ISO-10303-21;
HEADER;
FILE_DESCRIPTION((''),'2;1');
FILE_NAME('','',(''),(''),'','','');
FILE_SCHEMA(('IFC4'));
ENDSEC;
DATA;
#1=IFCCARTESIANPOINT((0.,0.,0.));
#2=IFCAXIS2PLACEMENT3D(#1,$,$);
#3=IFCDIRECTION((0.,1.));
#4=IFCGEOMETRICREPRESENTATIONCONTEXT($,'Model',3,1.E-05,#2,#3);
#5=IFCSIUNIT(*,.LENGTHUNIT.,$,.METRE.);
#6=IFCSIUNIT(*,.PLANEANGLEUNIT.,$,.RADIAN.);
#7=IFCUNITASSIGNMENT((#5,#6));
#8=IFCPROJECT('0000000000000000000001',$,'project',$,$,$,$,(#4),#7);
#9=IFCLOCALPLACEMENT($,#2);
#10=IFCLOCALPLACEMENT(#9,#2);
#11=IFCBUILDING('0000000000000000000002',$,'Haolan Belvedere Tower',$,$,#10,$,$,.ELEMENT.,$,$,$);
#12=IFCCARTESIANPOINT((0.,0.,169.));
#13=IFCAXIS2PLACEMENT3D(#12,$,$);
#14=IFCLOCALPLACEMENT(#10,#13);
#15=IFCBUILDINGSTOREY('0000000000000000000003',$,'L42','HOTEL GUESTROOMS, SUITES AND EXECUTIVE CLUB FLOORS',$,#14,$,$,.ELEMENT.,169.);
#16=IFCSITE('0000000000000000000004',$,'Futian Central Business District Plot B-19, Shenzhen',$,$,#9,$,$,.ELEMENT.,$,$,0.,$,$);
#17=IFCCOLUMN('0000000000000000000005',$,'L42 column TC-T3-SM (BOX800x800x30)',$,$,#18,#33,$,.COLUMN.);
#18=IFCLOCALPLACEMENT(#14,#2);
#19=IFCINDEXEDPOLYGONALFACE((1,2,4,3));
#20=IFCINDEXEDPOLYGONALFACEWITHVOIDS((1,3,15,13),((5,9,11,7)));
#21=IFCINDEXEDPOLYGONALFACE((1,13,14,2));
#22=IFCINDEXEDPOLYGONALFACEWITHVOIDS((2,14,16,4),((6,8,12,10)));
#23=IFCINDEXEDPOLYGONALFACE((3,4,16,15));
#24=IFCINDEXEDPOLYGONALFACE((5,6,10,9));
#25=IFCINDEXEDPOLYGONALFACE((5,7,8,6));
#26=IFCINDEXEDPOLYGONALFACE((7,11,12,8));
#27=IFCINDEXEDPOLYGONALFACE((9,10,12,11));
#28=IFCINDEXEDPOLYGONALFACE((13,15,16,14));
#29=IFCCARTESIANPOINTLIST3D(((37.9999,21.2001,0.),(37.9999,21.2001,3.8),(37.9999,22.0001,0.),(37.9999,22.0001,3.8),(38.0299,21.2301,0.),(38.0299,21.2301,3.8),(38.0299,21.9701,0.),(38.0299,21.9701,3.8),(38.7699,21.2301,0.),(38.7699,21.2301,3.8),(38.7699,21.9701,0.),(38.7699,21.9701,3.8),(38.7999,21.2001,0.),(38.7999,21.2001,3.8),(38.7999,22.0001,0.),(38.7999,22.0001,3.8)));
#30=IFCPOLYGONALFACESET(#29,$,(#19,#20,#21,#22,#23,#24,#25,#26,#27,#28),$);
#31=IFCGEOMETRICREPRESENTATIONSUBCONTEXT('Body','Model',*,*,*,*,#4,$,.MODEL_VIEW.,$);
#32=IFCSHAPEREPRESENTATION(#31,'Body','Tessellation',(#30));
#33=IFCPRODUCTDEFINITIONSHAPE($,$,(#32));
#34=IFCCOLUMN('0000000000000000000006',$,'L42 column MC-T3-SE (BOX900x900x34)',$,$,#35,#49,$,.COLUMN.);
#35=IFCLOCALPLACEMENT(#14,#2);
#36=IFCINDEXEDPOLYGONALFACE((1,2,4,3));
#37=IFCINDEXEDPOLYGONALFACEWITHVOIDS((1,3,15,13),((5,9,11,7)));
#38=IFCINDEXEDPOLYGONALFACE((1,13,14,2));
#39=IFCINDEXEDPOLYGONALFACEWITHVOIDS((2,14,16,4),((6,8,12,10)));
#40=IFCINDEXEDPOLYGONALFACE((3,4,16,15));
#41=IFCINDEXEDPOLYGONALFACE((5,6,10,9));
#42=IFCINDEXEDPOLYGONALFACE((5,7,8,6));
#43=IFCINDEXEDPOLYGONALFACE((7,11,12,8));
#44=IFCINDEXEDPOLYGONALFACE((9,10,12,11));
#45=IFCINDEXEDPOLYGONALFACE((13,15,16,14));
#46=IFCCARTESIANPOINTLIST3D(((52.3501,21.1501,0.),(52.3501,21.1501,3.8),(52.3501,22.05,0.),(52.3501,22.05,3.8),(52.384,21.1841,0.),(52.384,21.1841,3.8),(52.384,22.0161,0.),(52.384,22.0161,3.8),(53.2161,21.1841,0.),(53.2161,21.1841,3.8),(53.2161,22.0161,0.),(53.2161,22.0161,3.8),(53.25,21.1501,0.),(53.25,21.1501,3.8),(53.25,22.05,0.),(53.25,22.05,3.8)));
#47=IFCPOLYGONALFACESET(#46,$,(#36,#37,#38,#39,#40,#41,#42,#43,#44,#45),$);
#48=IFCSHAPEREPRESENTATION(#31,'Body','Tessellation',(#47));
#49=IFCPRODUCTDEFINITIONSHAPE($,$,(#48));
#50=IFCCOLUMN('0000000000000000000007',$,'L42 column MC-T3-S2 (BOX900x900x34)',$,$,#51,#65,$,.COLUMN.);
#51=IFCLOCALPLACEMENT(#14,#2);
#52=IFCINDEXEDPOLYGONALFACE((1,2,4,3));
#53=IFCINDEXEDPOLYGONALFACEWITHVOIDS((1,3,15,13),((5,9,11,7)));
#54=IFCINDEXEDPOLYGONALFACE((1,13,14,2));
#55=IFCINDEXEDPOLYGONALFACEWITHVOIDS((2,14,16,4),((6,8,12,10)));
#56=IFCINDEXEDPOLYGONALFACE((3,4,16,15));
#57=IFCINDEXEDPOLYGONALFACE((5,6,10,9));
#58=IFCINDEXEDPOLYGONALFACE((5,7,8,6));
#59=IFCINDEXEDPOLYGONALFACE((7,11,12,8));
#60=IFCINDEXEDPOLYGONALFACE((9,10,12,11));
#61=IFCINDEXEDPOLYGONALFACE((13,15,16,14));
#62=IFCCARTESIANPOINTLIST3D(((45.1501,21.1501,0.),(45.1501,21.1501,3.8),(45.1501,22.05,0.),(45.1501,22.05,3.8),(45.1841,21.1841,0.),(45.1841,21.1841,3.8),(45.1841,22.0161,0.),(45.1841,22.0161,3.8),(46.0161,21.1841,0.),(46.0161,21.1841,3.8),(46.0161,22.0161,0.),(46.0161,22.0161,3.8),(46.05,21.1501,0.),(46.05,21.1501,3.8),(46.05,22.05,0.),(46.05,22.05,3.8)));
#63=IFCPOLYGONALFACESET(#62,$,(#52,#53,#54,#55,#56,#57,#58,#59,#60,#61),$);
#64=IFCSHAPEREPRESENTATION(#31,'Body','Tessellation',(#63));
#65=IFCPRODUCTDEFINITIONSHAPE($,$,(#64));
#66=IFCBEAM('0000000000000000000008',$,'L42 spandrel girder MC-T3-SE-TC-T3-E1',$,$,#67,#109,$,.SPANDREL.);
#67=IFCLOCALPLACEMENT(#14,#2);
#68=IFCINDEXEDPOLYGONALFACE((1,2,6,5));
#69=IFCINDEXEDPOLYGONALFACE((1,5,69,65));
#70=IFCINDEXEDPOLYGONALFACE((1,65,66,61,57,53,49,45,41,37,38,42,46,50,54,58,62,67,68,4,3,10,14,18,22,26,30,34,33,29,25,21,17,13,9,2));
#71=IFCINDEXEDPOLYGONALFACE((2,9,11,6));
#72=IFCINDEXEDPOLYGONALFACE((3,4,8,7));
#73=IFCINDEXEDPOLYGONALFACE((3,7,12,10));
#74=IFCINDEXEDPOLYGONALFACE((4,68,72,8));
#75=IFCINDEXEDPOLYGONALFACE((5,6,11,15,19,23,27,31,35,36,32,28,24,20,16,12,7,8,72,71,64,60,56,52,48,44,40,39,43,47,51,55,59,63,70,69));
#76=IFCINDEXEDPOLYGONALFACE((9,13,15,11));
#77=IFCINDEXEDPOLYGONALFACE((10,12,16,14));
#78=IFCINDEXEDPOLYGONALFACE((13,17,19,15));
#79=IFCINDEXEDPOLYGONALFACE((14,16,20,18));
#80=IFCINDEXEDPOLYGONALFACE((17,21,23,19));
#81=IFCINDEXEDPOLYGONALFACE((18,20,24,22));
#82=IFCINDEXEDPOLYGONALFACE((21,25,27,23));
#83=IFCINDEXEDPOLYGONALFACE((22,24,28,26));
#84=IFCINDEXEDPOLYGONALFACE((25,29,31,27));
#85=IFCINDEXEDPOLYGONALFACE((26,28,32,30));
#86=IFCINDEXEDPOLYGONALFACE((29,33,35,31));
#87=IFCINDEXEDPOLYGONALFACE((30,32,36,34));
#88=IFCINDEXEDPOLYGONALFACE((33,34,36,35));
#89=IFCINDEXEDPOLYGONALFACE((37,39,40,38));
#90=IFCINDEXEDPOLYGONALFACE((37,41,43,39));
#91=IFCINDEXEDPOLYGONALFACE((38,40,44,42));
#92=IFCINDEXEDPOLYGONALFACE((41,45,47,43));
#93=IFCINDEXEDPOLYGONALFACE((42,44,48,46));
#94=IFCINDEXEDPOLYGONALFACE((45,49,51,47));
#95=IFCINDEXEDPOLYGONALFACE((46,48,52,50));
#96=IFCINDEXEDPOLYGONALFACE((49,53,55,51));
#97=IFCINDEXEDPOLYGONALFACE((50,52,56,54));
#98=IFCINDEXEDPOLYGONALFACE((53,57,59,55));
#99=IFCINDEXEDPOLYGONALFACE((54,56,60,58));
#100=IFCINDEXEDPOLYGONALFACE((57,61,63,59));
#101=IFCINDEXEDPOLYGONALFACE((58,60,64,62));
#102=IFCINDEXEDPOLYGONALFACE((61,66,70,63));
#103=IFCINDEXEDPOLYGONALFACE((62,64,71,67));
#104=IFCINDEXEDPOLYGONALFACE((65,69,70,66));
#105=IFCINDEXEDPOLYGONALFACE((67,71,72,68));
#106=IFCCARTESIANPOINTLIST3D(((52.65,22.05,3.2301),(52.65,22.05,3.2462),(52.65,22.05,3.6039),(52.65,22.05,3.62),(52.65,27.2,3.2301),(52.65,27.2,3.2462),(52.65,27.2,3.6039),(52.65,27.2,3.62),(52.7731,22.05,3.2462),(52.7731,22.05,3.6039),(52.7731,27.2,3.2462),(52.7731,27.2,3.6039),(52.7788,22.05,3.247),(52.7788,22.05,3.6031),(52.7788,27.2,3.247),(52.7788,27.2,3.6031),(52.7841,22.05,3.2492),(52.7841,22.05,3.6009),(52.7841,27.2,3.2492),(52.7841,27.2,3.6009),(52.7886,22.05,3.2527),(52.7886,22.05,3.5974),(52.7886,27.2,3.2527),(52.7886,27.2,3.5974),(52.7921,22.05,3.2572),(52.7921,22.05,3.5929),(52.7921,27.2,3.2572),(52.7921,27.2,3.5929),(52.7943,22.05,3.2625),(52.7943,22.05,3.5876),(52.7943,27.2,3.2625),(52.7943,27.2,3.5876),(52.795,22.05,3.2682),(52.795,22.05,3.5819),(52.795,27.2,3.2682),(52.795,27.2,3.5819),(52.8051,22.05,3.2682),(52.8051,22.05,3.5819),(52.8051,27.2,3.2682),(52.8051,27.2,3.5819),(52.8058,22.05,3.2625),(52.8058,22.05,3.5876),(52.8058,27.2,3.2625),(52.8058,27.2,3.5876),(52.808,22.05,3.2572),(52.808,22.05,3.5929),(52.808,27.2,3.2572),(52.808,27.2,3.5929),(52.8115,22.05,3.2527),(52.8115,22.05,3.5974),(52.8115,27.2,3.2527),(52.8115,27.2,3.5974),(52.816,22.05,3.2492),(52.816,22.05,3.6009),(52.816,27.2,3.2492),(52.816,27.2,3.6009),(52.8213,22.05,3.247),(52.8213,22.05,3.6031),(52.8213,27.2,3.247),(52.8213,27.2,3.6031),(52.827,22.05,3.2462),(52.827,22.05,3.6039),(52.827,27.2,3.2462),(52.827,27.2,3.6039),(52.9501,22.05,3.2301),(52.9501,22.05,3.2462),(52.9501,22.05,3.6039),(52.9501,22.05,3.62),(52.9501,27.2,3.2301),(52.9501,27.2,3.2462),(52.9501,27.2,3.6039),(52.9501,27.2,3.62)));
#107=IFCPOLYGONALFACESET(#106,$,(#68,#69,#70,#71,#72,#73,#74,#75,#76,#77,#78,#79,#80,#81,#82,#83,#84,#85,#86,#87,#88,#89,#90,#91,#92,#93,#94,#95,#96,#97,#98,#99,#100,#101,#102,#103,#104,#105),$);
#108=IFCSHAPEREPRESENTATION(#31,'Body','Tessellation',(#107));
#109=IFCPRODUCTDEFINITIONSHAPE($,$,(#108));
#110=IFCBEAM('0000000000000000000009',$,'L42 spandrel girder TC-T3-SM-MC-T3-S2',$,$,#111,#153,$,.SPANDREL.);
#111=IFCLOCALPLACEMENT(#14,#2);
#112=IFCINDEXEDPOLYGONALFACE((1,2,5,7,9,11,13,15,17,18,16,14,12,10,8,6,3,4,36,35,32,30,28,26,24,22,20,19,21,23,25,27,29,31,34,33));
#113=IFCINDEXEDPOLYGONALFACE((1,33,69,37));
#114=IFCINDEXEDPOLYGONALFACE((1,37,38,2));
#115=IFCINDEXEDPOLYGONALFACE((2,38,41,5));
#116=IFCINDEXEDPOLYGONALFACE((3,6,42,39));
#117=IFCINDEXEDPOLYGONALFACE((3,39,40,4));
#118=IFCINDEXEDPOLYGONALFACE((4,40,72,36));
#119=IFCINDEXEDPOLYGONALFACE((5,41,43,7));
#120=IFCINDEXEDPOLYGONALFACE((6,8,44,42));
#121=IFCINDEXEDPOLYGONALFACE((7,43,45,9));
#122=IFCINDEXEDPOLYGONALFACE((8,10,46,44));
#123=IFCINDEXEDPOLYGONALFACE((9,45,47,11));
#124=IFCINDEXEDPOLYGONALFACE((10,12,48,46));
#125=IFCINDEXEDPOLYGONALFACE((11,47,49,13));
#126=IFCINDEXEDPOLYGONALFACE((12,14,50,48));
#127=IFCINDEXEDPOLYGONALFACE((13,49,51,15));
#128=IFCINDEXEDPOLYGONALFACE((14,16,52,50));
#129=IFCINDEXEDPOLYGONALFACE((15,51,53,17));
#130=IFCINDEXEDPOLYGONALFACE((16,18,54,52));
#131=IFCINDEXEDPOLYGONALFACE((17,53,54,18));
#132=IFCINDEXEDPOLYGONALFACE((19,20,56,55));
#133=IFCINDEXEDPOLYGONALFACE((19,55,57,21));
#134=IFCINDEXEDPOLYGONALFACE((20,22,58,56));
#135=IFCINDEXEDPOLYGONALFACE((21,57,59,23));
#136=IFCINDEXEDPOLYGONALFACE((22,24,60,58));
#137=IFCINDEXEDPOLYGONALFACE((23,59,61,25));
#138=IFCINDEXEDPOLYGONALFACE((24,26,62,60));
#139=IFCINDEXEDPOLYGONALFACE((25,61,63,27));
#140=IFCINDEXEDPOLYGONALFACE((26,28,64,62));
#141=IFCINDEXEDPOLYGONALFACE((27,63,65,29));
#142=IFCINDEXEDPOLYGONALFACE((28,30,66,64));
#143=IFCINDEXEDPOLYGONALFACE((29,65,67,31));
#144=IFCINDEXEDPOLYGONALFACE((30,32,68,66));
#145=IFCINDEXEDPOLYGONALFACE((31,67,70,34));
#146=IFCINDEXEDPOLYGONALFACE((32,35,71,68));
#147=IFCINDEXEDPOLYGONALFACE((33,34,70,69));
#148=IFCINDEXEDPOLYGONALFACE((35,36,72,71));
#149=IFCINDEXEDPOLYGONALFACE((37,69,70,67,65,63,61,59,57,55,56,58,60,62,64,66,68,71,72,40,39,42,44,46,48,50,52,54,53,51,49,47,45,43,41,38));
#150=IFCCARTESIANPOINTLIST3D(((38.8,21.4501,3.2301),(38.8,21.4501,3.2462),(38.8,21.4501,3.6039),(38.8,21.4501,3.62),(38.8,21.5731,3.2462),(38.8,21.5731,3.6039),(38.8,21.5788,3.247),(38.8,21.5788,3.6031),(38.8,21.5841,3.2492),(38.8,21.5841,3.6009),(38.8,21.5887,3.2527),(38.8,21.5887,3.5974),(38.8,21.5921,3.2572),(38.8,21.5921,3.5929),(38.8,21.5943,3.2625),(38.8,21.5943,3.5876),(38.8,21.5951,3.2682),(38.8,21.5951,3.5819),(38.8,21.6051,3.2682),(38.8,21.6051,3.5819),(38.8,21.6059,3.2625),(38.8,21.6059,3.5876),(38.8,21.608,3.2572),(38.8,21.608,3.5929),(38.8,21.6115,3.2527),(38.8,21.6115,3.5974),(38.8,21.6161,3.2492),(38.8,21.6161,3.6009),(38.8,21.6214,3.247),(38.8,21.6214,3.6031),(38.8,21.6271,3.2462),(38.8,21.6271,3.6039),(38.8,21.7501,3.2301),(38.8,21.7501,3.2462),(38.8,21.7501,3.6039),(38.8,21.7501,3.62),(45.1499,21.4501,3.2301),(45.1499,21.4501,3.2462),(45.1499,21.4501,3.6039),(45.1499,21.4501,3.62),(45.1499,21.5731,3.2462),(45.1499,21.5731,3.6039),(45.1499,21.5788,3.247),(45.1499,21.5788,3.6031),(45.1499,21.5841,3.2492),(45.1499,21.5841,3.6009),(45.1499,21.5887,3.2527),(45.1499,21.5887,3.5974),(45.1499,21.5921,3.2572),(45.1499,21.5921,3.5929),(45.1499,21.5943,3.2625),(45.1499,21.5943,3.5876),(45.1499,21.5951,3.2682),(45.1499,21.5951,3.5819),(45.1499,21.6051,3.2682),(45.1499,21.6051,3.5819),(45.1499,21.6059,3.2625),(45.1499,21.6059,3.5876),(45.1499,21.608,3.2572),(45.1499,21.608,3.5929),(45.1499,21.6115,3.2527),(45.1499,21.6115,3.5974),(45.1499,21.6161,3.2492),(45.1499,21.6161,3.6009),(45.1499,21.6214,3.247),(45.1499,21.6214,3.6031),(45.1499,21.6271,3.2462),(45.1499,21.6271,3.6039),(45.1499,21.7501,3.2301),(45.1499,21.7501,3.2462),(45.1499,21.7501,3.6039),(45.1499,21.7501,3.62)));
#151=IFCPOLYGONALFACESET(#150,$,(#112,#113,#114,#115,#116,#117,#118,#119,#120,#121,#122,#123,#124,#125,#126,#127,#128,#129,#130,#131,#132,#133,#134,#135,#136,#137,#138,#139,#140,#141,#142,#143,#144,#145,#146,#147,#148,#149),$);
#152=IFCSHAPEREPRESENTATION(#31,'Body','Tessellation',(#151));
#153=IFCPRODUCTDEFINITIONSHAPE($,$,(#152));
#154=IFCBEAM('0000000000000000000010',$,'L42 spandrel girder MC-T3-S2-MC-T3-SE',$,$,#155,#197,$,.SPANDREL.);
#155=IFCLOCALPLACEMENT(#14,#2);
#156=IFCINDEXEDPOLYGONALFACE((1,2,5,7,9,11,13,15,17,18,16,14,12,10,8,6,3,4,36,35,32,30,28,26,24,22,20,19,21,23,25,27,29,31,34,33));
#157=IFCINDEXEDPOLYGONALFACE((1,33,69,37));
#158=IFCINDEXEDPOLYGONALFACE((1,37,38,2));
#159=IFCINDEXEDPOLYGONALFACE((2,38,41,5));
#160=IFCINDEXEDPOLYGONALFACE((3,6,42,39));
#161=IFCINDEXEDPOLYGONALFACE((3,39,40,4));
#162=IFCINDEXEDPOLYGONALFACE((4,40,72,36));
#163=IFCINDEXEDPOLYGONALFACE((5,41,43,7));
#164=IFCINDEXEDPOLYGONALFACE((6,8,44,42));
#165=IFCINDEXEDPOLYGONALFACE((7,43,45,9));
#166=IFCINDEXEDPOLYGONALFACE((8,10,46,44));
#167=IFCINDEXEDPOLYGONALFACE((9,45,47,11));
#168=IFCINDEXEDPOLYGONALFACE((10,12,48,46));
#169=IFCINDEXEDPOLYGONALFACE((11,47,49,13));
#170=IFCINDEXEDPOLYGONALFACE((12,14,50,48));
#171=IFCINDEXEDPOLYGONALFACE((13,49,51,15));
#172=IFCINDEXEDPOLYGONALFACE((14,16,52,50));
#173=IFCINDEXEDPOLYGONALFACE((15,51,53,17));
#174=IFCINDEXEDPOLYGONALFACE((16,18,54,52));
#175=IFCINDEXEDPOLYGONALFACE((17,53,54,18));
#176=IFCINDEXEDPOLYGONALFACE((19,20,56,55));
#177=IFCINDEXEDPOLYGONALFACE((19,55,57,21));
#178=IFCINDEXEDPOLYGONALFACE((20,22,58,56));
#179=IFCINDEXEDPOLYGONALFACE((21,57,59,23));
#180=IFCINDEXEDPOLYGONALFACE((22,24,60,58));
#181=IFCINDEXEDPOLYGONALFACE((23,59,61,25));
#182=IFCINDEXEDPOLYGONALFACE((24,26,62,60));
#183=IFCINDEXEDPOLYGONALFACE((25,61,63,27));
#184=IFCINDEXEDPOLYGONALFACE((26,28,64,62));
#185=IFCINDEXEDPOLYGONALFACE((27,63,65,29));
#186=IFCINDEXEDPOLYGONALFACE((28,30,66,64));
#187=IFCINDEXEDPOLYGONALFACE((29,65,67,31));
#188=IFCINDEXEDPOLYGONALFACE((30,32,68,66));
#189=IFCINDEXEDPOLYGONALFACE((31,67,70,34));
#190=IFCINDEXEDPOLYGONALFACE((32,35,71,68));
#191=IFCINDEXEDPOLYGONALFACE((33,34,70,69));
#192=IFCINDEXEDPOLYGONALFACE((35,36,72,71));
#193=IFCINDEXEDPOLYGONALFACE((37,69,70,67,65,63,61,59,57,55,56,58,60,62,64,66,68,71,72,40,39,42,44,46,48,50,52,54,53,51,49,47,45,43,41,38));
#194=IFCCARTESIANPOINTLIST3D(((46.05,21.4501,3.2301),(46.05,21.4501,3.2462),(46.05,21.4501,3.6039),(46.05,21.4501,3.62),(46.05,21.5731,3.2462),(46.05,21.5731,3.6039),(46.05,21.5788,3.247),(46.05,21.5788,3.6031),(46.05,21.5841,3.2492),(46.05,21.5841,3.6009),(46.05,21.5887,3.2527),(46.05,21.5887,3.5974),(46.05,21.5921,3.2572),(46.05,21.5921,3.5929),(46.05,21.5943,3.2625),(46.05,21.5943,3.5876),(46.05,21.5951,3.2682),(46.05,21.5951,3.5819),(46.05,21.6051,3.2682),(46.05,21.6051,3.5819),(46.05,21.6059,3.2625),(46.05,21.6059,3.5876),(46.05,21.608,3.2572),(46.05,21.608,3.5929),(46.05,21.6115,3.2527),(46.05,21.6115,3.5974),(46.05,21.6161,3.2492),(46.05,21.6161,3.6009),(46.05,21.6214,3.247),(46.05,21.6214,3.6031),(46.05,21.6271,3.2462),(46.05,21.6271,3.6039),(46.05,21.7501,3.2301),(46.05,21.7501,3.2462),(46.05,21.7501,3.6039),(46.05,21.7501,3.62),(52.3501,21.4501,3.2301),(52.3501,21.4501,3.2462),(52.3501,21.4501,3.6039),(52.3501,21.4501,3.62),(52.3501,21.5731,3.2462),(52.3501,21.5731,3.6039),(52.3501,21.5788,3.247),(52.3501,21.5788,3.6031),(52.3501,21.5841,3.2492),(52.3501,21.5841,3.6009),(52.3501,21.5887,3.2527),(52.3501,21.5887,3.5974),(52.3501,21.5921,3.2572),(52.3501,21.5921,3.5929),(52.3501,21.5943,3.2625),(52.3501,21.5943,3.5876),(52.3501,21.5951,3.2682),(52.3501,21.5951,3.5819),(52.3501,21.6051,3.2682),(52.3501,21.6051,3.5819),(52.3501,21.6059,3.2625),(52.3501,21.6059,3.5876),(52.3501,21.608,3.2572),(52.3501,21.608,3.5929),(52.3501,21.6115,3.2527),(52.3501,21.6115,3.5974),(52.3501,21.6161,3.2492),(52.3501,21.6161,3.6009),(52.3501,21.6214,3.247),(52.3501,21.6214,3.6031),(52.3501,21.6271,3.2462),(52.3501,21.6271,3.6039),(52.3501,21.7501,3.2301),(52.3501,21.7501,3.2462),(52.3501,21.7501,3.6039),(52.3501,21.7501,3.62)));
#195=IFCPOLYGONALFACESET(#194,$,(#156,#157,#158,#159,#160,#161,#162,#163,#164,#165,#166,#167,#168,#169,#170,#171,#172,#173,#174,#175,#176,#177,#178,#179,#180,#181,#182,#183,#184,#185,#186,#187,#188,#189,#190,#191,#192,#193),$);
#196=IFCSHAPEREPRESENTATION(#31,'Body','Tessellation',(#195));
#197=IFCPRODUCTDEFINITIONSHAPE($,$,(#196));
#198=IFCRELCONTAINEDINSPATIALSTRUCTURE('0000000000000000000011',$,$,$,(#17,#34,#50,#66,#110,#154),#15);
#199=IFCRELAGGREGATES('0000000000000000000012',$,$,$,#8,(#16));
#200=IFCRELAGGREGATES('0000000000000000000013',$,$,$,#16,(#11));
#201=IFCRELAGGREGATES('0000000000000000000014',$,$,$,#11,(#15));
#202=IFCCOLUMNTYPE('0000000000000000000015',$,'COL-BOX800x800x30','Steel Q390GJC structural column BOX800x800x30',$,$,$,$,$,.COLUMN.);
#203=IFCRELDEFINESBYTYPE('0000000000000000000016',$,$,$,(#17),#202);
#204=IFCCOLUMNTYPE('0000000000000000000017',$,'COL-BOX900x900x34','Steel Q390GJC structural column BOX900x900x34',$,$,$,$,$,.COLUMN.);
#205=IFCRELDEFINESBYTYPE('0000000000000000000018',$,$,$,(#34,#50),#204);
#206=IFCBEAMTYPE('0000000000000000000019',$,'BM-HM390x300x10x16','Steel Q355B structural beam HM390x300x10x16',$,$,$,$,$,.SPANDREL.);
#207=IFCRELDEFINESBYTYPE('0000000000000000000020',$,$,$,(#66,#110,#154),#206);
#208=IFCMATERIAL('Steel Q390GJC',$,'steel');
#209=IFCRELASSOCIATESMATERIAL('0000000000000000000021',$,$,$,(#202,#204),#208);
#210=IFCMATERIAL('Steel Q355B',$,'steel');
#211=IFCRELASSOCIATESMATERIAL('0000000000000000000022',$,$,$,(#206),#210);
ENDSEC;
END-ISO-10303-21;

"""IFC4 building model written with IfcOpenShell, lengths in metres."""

from ifc_helpers import new_model, si_unit, direction, frame, origin, origin_2d, place, context, subcontext, project, spatial, hollow_rectangle, i_section, extrude, material, material_profile, profile_set, type_object, element, save


model = new_model("IFC4")

# Units and contexts
model_context = context("Model", 3, precision=1e-05, world=origin(), true_north=direction((0.0, 1.0)))
body_context = subcontext(model_context, "Body", "Model", "MODEL_VIEW")
ifc_project = project(units=[si_unit("LENGTHUNIT", "METRE"), si_unit("PLANEANGLEUNIT", "RADIAN")], contexts=[model_context])

# Site, building, storey
site_placement = place(None, origin())
site = spatial("IfcSite", under=ifc_project, at=site_placement, Name="Futian Central Business District Plot B-19, Shenzhen", CompositionType="ELEMENT", RefElevation=0.0)
building_placement = place(site_placement, origin())
building = spatial("IfcBuilding", under=site, at=building_placement, Name="Haolan Belvedere Tower", CompositionType="ELEMENT")
storey_placement = place(building_placement, frame((0.0, 0.0, 169.0)))
storey = spatial("IfcBuildingStorey", under=building, at=storey_placement, Name="L42", Description="HOTEL GUESTROOMS, SUITES AND EXECUTIVE CLUB FLOORS", CompositionType="ELEMENT", Elevation=169.0)

# Columns
ifc_material_1 = material(Name="Steel Q390GJC", Category="steel")
ifc_material_profile_1 = material_profile(ifc_material_1, hollow_rectangle(XDim=0.8, YDim=0.8, WallThickness=0.03, at=origin_2d()), Name="Steel Q390GJC")
ifc_profile_set_1 = profile_set([ifc_material_profile_1], Name="Steel Q390GJC")
column_type_1 = type_object("IfcColumnType", Name="COL-BOX800x800x30", Description="Steel Q390GJC structural column BOX800x800x30", PredefinedType="COLUMN", material=ifc_profile_set_1)
column_placement = place(storey_placement, frame((38.3999, 21.6001, 0.0), z_axis=(0.0, 0.0, 1.0), x_axis=(1.0, 0.0, 0.0)))
element("IfcColumn", 1, at=column_placement, inside=storey, type_object=column_type_1, Name="L42 column TC-T3-SM (BOX800x800x30)", PredefinedType="COLUMN", context=body_context, shape_type="SweptSolid", body=[
    extrude(hollow_rectangle(XDim=0.8, YDim=0.8, WallThickness=0.03, at=origin_2d()), origin(), (0.0, 0.0, 1.0), 3.8),
])
ifc_material_profile_2 = material_profile(ifc_material_1, hollow_rectangle(XDim=0.8999, YDim=0.8999, WallThickness=0.0339, at=origin_2d()), Name="Steel Q390GJC")
ifc_profile_set_2 = profile_set([ifc_material_profile_2], Name="Steel Q390GJC")
column_type_2 = type_object("IfcColumnType", Name="COL-BOX900x900x34", Description="Steel Q390GJC structural column BOX900x900x34", PredefinedType="COLUMN", material=ifc_profile_set_2)
for number, where, z_axis, x_axis, name in (
    (2, (52.8, 21.6001, 0.0), (0.0, 0.0, 1.0), (1.0, 0.0, 0.0), "L42 column MC-T3-SE (BOX900x900x34)"),
    (3, (45.6001, 21.6001, 0.0), (0.0, 0.0, 1.0), (1.0, 0.0, 0.0), "L42 column MC-T3-S2 (BOX900x900x34)"),
):
    element("IfcColumn", number, at=place(storey_placement, frame(where, z_axis=z_axis, x_axis=x_axis)), inside=storey, type_object=column_type_2, Name=name, PredefinedType="COLUMN", context=body_context, shape_type="SweptSolid", body=[
        extrude(hollow_rectangle(XDim=0.8999, YDim=0.8999, WallThickness=0.0339, at=origin_2d()), origin(), (0.0, 0.0, 1.0), 3.8),
    ])

# Beams
ifc_material_2 = material(Name="Steel Q355B", Category="steel")
ifc_material_profile_3 = material_profile(ifc_material_2, i_section(OverallWidth=0.3, OverallDepth=0.3899, WebThickness=0.01, FlangeThickness=0.0161, FilletRadius=0.022, at=origin_2d()), Name="Steel Q355B")
ifc_profile_set_3 = profile_set([ifc_material_profile_3], Name="Steel Q355B")
beam_type_1 = type_object("IfcBeamType", Name="BM-HM390x300x10x16", Description="Steel Q355B structural beam HM390x300x10x16", PredefinedType="SPANDREL", material=ifc_profile_set_3)
beam_1_placement = place(storey_placement, frame((52.8, 22.05, 3.425), z_axis=(0.0, 1.0, 0.0), x_axis=(-1.0, 0.0, 0.0)))
element("IfcBeam", 4, at=beam_1_placement, inside=storey, type_object=beam_type_1, Name="L42 spandrel girder MC-T3-SE-TC-T3-E1", PredefinedType="SPANDREL", context=body_context, shape_type="SweptSolid", body=[
    extrude(i_section(OverallWidth=0.3, OverallDepth=0.3899, WebThickness=0.01, FlangeThickness=0.0161, FilletRadius=0.022, at=origin_2d()), origin(), (0.0, 0.0, 1.0), 5.1499),
])
beam_2_placement = place(storey_placement, frame((38.8, 21.6001, 3.425), z_axis=(1.0, 0.0, 0.0), x_axis=(0.0, 1.0, 0.0)))
element("IfcBeam", 5, at=beam_2_placement, inside=storey, type_object=beam_type_1, Name="L42 spandrel girder TC-T3-SM-MC-T3-S2", PredefinedType="SPANDREL", context=body_context, shape_type="SweptSolid", body=[
    extrude(i_section(OverallWidth=0.3, OverallDepth=0.3899, WebThickness=0.01, FlangeThickness=0.0161, FilletRadius=0.022, at=origin_2d()), origin(), (0.0, 0.0, 1.0), 6.3499),
])
beam_3_placement = place(storey_placement, frame((46.05, 21.6001, 3.425), z_axis=(1.0, 0.0, 0.0), x_axis=(0.0, 1.0, 0.0)))
element("IfcBeam", 6, at=beam_3_placement, inside=storey, type_object=beam_type_1, Name="L42 spandrel girder MC-T3-S2-MC-T3-SE", PredefinedType="SPANDREL", context=body_context, shape_type="SweptSolid", body=[
    extrude(i_section(OverallWidth=0.3, OverallDepth=0.3899, WebThickness=0.01, FlangeThickness=0.0161, FilletRadius=0.022, at=origin_2d()), origin(), (0.0, 0.0, 1.0), 6.3),
])

save(model, "model.ifc")
